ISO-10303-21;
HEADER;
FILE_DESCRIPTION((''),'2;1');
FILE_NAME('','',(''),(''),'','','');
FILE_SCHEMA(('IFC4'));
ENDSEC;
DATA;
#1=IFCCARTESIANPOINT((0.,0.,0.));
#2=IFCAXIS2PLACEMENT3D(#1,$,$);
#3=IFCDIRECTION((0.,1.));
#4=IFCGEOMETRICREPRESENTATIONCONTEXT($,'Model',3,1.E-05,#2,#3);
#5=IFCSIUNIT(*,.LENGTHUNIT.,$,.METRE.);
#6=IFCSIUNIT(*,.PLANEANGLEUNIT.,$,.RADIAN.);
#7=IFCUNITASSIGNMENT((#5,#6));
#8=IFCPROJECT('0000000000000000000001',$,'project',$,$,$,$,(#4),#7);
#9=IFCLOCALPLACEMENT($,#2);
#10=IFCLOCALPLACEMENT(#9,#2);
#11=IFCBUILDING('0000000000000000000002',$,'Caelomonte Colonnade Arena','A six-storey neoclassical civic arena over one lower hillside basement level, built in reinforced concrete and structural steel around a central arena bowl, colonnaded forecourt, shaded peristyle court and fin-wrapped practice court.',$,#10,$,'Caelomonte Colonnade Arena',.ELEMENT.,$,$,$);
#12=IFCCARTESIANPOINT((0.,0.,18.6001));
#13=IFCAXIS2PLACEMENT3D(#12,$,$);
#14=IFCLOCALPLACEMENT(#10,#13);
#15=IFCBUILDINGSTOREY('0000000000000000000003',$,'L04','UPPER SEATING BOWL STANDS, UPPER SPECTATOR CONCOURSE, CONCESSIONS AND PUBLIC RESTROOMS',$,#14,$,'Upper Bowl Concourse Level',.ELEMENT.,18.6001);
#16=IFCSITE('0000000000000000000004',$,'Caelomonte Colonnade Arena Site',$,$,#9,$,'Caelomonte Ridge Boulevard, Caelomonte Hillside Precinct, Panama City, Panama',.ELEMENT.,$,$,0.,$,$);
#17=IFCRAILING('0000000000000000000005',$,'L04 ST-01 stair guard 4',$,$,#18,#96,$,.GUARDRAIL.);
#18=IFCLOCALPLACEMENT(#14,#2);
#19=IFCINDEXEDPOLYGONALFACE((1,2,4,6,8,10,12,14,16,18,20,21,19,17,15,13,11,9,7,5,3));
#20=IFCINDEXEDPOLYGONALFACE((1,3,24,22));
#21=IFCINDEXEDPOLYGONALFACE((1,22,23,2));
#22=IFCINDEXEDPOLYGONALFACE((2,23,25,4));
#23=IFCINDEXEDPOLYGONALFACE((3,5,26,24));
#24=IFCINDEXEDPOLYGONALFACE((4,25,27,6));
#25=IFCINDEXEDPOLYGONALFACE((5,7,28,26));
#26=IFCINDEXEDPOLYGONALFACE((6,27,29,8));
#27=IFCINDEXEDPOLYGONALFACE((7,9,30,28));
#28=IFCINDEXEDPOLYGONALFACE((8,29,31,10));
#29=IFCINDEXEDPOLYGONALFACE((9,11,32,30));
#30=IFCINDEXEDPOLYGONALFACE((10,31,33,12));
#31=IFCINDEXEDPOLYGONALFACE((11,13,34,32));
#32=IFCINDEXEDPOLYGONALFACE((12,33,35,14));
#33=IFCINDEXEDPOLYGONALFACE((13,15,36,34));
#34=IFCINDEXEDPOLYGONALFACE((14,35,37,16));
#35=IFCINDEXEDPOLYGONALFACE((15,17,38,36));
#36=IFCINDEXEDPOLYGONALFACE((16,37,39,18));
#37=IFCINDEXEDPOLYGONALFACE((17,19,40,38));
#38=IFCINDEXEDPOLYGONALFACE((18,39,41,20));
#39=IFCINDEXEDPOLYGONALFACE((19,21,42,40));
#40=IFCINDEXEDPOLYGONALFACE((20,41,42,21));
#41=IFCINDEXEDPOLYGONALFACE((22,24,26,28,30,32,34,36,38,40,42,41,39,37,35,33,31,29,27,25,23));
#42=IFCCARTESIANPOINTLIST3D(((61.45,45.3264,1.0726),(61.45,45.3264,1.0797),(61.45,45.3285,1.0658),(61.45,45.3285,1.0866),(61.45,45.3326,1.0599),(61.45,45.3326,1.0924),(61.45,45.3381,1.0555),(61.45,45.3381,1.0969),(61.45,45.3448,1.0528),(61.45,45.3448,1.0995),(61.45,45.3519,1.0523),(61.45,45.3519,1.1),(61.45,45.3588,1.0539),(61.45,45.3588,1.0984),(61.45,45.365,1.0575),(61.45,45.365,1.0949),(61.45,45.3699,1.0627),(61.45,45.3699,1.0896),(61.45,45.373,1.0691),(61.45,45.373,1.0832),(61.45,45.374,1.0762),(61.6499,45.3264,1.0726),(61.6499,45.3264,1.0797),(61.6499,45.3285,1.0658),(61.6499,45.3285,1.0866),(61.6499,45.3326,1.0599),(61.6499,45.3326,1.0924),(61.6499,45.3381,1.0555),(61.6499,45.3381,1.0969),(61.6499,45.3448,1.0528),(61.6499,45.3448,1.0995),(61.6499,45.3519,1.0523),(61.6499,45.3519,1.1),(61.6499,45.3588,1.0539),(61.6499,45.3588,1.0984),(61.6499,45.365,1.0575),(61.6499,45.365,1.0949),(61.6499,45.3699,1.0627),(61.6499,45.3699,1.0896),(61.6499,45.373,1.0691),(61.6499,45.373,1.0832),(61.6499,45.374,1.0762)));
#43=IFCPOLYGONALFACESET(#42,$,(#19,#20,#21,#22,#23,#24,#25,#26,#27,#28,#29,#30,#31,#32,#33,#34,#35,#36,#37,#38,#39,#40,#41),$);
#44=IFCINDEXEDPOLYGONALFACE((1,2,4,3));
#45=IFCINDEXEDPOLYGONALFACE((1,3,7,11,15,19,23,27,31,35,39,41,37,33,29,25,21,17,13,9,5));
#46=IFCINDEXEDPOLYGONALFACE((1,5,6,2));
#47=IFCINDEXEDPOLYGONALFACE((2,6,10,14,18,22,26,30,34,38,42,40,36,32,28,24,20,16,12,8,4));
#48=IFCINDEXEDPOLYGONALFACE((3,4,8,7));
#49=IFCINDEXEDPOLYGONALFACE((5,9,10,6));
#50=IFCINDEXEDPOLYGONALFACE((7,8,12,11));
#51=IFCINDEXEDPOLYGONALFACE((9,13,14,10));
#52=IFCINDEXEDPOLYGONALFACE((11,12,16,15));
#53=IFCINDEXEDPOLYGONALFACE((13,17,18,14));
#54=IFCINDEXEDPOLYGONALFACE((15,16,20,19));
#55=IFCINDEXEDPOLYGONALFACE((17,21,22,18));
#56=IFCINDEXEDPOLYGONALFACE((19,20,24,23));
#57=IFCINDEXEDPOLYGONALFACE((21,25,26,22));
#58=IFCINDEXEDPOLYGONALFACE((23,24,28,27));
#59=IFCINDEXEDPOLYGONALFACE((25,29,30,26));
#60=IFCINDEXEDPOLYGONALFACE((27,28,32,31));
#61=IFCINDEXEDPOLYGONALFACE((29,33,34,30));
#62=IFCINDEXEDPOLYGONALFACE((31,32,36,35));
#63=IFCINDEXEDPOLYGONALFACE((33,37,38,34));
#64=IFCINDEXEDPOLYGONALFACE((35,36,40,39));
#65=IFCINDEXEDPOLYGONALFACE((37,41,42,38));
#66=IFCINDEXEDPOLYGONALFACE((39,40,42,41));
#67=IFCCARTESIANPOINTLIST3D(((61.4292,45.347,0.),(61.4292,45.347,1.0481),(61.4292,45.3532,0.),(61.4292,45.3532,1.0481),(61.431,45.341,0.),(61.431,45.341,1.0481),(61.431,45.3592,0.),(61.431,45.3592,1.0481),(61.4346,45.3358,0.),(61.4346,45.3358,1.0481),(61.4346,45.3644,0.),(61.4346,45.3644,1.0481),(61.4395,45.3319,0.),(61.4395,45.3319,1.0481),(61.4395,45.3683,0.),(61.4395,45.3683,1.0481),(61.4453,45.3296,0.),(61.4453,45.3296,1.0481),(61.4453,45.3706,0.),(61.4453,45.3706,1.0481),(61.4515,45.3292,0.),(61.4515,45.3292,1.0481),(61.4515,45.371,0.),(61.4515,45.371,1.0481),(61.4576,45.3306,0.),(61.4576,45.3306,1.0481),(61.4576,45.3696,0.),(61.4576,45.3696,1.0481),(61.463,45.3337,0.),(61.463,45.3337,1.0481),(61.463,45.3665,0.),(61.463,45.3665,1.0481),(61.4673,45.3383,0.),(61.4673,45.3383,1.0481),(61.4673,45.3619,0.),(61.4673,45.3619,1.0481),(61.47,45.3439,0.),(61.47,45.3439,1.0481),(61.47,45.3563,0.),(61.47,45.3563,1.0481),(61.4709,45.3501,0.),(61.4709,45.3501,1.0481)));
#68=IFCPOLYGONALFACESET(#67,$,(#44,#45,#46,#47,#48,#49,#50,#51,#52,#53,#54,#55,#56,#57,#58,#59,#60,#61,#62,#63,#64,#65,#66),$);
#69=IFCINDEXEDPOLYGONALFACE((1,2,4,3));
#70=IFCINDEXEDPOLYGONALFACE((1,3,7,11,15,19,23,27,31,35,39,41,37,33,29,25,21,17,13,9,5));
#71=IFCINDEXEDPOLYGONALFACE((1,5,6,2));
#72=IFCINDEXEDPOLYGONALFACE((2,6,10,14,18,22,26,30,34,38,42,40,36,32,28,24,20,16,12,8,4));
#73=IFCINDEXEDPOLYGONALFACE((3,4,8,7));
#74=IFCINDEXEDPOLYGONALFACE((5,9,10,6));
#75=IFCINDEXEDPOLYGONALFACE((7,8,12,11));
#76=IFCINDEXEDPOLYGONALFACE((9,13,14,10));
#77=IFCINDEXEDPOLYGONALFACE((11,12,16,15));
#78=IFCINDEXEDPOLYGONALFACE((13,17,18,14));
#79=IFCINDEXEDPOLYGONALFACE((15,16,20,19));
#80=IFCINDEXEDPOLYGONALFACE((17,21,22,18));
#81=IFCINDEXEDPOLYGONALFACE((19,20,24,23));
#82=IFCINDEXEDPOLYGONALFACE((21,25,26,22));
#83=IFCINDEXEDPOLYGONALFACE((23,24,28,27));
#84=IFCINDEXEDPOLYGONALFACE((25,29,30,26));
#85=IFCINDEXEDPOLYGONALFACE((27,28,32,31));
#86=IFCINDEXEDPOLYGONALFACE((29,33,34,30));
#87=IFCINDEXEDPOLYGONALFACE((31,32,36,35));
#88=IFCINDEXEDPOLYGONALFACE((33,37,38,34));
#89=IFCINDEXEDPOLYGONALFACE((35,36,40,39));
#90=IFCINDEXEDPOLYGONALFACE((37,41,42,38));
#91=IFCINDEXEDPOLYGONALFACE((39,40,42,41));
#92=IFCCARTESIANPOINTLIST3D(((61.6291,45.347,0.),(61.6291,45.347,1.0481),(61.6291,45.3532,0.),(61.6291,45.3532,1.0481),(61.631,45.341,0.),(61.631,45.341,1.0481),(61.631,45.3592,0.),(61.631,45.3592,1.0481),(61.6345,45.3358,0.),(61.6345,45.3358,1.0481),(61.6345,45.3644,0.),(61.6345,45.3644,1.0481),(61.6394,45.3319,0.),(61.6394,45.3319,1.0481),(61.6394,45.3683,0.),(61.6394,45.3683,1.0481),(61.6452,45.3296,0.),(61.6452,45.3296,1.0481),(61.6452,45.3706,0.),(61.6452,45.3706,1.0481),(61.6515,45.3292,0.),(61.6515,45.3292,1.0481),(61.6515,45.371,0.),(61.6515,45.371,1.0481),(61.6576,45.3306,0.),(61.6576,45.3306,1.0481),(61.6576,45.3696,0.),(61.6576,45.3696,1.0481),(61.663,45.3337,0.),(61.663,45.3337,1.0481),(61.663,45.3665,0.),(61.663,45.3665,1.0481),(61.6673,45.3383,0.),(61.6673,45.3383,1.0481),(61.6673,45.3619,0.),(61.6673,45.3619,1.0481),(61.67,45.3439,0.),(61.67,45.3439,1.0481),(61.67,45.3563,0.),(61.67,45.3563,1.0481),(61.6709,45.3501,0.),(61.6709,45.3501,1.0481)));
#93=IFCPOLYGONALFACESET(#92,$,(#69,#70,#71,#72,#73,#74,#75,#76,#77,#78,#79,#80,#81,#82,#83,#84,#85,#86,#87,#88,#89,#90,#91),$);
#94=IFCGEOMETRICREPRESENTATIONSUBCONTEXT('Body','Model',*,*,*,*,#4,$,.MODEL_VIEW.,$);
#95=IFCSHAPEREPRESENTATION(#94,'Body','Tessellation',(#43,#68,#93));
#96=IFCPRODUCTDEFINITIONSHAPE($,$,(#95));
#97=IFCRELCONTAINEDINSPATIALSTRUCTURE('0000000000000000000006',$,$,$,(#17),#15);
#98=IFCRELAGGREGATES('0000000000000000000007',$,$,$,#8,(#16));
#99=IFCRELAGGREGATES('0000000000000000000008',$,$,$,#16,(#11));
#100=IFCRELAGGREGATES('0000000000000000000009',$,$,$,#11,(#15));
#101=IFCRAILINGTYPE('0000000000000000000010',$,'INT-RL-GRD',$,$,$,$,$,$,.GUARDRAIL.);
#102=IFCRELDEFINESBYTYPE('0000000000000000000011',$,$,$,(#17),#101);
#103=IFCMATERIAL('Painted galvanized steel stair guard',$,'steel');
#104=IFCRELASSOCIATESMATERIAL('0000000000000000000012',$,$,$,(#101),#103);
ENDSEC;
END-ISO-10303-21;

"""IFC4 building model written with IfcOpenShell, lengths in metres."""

from ifc_helpers import new_model, si_unit, direction, frame, origin, origin_2d, place, context, subcontext, project, spatial, circle, extrude, material, type_object, element, save


model = new_model("IFC4")

# Units and contexts
model_context = context("Model", 3, precision=1e-05, world=origin(), true_north=direction((0.0, 1.0)))
body_context = subcontext(model_context, "Body", "Model", "MODEL_VIEW")
ifc_project = project(units=[si_unit("LENGTHUNIT", "METRE"), si_unit("PLANEANGLEUNIT", "RADIAN")], contexts=[model_context])

# Site, building, storey
site_placement = place(None, origin())
site = spatial("IfcSite", under=ifc_project, at=site_placement, Name="Caelomonte Colonnade Arena Site", LongName="Caelomonte Ridge Boulevard, Caelomonte Hillside Precinct, Panama City, Panama", CompositionType="ELEMENT", RefElevation=0.0)
building_placement = place(site_placement, origin())
building = spatial("IfcBuilding", under=site, at=building_placement, Name="Caelomonte Colonnade Arena", Description="A six-storey neoclassical civic arena over one lower hillside basement level, built in reinforced concrete and structural steel around a central arena bowl, colonnaded forecourt, shaded peristyle court and fin-wrapped practice court.", LongName="Caelomonte Colonnade Arena", CompositionType="ELEMENT")
storey_placement = place(building_placement, frame((0.0, 0.0, 18.6001)))
storey = spatial("IfcBuildingStorey", under=building, at=storey_placement, Name="L04", Description="UPPER SEATING BOWL STANDS, UPPER SPECTATOR CONCOURSE, CONCESSIONS AND PUBLIC RESTROOMS", LongName="Upper Bowl Concourse Level", CompositionType="ELEMENT", Elevation=18.6001)

# Railing
ifc_material_1 = material(Name="Painted galvanized steel stair guard", Category="steel")
railing_type_1 = type_object("IfcRailingType", Name="INT-RL-GRD", PredefinedType="GUARDRAIL", material=ifc_material_1)
railing_1_placement = place(storey_placement, frame((61.45, 45.3501, 0.0)))
element("IfcRailing", 1, at=railing_1_placement, inside=storey, type_object=railing_type_1, Name="L04 ST-01 stair guard 4", PredefinedType="GUARDRAIL", context=body_context, shape_type="SweptSolid", body=[
    extrude(circle(Radius=0.0239, at=origin_2d()), frame((0.0, 0.0, 1.0762), z_axis=(1.0, 0.0, 0.0), x_axis=(0.0, 1.0, 0.0)), (0.0, 0.0, 1.0), 0.2),
    extrude(circle(Radius=0.021, at=origin_2d()), origin(), (0.0, 0.0, 1.0), 1.0481),
    extrude(circle(Radius=0.021, at=origin_2d()), frame((0.2, 0.0, 0.0)), (0.0, 0.0, 1.0), 1.0481),
])

save(model, "model.ifc")
